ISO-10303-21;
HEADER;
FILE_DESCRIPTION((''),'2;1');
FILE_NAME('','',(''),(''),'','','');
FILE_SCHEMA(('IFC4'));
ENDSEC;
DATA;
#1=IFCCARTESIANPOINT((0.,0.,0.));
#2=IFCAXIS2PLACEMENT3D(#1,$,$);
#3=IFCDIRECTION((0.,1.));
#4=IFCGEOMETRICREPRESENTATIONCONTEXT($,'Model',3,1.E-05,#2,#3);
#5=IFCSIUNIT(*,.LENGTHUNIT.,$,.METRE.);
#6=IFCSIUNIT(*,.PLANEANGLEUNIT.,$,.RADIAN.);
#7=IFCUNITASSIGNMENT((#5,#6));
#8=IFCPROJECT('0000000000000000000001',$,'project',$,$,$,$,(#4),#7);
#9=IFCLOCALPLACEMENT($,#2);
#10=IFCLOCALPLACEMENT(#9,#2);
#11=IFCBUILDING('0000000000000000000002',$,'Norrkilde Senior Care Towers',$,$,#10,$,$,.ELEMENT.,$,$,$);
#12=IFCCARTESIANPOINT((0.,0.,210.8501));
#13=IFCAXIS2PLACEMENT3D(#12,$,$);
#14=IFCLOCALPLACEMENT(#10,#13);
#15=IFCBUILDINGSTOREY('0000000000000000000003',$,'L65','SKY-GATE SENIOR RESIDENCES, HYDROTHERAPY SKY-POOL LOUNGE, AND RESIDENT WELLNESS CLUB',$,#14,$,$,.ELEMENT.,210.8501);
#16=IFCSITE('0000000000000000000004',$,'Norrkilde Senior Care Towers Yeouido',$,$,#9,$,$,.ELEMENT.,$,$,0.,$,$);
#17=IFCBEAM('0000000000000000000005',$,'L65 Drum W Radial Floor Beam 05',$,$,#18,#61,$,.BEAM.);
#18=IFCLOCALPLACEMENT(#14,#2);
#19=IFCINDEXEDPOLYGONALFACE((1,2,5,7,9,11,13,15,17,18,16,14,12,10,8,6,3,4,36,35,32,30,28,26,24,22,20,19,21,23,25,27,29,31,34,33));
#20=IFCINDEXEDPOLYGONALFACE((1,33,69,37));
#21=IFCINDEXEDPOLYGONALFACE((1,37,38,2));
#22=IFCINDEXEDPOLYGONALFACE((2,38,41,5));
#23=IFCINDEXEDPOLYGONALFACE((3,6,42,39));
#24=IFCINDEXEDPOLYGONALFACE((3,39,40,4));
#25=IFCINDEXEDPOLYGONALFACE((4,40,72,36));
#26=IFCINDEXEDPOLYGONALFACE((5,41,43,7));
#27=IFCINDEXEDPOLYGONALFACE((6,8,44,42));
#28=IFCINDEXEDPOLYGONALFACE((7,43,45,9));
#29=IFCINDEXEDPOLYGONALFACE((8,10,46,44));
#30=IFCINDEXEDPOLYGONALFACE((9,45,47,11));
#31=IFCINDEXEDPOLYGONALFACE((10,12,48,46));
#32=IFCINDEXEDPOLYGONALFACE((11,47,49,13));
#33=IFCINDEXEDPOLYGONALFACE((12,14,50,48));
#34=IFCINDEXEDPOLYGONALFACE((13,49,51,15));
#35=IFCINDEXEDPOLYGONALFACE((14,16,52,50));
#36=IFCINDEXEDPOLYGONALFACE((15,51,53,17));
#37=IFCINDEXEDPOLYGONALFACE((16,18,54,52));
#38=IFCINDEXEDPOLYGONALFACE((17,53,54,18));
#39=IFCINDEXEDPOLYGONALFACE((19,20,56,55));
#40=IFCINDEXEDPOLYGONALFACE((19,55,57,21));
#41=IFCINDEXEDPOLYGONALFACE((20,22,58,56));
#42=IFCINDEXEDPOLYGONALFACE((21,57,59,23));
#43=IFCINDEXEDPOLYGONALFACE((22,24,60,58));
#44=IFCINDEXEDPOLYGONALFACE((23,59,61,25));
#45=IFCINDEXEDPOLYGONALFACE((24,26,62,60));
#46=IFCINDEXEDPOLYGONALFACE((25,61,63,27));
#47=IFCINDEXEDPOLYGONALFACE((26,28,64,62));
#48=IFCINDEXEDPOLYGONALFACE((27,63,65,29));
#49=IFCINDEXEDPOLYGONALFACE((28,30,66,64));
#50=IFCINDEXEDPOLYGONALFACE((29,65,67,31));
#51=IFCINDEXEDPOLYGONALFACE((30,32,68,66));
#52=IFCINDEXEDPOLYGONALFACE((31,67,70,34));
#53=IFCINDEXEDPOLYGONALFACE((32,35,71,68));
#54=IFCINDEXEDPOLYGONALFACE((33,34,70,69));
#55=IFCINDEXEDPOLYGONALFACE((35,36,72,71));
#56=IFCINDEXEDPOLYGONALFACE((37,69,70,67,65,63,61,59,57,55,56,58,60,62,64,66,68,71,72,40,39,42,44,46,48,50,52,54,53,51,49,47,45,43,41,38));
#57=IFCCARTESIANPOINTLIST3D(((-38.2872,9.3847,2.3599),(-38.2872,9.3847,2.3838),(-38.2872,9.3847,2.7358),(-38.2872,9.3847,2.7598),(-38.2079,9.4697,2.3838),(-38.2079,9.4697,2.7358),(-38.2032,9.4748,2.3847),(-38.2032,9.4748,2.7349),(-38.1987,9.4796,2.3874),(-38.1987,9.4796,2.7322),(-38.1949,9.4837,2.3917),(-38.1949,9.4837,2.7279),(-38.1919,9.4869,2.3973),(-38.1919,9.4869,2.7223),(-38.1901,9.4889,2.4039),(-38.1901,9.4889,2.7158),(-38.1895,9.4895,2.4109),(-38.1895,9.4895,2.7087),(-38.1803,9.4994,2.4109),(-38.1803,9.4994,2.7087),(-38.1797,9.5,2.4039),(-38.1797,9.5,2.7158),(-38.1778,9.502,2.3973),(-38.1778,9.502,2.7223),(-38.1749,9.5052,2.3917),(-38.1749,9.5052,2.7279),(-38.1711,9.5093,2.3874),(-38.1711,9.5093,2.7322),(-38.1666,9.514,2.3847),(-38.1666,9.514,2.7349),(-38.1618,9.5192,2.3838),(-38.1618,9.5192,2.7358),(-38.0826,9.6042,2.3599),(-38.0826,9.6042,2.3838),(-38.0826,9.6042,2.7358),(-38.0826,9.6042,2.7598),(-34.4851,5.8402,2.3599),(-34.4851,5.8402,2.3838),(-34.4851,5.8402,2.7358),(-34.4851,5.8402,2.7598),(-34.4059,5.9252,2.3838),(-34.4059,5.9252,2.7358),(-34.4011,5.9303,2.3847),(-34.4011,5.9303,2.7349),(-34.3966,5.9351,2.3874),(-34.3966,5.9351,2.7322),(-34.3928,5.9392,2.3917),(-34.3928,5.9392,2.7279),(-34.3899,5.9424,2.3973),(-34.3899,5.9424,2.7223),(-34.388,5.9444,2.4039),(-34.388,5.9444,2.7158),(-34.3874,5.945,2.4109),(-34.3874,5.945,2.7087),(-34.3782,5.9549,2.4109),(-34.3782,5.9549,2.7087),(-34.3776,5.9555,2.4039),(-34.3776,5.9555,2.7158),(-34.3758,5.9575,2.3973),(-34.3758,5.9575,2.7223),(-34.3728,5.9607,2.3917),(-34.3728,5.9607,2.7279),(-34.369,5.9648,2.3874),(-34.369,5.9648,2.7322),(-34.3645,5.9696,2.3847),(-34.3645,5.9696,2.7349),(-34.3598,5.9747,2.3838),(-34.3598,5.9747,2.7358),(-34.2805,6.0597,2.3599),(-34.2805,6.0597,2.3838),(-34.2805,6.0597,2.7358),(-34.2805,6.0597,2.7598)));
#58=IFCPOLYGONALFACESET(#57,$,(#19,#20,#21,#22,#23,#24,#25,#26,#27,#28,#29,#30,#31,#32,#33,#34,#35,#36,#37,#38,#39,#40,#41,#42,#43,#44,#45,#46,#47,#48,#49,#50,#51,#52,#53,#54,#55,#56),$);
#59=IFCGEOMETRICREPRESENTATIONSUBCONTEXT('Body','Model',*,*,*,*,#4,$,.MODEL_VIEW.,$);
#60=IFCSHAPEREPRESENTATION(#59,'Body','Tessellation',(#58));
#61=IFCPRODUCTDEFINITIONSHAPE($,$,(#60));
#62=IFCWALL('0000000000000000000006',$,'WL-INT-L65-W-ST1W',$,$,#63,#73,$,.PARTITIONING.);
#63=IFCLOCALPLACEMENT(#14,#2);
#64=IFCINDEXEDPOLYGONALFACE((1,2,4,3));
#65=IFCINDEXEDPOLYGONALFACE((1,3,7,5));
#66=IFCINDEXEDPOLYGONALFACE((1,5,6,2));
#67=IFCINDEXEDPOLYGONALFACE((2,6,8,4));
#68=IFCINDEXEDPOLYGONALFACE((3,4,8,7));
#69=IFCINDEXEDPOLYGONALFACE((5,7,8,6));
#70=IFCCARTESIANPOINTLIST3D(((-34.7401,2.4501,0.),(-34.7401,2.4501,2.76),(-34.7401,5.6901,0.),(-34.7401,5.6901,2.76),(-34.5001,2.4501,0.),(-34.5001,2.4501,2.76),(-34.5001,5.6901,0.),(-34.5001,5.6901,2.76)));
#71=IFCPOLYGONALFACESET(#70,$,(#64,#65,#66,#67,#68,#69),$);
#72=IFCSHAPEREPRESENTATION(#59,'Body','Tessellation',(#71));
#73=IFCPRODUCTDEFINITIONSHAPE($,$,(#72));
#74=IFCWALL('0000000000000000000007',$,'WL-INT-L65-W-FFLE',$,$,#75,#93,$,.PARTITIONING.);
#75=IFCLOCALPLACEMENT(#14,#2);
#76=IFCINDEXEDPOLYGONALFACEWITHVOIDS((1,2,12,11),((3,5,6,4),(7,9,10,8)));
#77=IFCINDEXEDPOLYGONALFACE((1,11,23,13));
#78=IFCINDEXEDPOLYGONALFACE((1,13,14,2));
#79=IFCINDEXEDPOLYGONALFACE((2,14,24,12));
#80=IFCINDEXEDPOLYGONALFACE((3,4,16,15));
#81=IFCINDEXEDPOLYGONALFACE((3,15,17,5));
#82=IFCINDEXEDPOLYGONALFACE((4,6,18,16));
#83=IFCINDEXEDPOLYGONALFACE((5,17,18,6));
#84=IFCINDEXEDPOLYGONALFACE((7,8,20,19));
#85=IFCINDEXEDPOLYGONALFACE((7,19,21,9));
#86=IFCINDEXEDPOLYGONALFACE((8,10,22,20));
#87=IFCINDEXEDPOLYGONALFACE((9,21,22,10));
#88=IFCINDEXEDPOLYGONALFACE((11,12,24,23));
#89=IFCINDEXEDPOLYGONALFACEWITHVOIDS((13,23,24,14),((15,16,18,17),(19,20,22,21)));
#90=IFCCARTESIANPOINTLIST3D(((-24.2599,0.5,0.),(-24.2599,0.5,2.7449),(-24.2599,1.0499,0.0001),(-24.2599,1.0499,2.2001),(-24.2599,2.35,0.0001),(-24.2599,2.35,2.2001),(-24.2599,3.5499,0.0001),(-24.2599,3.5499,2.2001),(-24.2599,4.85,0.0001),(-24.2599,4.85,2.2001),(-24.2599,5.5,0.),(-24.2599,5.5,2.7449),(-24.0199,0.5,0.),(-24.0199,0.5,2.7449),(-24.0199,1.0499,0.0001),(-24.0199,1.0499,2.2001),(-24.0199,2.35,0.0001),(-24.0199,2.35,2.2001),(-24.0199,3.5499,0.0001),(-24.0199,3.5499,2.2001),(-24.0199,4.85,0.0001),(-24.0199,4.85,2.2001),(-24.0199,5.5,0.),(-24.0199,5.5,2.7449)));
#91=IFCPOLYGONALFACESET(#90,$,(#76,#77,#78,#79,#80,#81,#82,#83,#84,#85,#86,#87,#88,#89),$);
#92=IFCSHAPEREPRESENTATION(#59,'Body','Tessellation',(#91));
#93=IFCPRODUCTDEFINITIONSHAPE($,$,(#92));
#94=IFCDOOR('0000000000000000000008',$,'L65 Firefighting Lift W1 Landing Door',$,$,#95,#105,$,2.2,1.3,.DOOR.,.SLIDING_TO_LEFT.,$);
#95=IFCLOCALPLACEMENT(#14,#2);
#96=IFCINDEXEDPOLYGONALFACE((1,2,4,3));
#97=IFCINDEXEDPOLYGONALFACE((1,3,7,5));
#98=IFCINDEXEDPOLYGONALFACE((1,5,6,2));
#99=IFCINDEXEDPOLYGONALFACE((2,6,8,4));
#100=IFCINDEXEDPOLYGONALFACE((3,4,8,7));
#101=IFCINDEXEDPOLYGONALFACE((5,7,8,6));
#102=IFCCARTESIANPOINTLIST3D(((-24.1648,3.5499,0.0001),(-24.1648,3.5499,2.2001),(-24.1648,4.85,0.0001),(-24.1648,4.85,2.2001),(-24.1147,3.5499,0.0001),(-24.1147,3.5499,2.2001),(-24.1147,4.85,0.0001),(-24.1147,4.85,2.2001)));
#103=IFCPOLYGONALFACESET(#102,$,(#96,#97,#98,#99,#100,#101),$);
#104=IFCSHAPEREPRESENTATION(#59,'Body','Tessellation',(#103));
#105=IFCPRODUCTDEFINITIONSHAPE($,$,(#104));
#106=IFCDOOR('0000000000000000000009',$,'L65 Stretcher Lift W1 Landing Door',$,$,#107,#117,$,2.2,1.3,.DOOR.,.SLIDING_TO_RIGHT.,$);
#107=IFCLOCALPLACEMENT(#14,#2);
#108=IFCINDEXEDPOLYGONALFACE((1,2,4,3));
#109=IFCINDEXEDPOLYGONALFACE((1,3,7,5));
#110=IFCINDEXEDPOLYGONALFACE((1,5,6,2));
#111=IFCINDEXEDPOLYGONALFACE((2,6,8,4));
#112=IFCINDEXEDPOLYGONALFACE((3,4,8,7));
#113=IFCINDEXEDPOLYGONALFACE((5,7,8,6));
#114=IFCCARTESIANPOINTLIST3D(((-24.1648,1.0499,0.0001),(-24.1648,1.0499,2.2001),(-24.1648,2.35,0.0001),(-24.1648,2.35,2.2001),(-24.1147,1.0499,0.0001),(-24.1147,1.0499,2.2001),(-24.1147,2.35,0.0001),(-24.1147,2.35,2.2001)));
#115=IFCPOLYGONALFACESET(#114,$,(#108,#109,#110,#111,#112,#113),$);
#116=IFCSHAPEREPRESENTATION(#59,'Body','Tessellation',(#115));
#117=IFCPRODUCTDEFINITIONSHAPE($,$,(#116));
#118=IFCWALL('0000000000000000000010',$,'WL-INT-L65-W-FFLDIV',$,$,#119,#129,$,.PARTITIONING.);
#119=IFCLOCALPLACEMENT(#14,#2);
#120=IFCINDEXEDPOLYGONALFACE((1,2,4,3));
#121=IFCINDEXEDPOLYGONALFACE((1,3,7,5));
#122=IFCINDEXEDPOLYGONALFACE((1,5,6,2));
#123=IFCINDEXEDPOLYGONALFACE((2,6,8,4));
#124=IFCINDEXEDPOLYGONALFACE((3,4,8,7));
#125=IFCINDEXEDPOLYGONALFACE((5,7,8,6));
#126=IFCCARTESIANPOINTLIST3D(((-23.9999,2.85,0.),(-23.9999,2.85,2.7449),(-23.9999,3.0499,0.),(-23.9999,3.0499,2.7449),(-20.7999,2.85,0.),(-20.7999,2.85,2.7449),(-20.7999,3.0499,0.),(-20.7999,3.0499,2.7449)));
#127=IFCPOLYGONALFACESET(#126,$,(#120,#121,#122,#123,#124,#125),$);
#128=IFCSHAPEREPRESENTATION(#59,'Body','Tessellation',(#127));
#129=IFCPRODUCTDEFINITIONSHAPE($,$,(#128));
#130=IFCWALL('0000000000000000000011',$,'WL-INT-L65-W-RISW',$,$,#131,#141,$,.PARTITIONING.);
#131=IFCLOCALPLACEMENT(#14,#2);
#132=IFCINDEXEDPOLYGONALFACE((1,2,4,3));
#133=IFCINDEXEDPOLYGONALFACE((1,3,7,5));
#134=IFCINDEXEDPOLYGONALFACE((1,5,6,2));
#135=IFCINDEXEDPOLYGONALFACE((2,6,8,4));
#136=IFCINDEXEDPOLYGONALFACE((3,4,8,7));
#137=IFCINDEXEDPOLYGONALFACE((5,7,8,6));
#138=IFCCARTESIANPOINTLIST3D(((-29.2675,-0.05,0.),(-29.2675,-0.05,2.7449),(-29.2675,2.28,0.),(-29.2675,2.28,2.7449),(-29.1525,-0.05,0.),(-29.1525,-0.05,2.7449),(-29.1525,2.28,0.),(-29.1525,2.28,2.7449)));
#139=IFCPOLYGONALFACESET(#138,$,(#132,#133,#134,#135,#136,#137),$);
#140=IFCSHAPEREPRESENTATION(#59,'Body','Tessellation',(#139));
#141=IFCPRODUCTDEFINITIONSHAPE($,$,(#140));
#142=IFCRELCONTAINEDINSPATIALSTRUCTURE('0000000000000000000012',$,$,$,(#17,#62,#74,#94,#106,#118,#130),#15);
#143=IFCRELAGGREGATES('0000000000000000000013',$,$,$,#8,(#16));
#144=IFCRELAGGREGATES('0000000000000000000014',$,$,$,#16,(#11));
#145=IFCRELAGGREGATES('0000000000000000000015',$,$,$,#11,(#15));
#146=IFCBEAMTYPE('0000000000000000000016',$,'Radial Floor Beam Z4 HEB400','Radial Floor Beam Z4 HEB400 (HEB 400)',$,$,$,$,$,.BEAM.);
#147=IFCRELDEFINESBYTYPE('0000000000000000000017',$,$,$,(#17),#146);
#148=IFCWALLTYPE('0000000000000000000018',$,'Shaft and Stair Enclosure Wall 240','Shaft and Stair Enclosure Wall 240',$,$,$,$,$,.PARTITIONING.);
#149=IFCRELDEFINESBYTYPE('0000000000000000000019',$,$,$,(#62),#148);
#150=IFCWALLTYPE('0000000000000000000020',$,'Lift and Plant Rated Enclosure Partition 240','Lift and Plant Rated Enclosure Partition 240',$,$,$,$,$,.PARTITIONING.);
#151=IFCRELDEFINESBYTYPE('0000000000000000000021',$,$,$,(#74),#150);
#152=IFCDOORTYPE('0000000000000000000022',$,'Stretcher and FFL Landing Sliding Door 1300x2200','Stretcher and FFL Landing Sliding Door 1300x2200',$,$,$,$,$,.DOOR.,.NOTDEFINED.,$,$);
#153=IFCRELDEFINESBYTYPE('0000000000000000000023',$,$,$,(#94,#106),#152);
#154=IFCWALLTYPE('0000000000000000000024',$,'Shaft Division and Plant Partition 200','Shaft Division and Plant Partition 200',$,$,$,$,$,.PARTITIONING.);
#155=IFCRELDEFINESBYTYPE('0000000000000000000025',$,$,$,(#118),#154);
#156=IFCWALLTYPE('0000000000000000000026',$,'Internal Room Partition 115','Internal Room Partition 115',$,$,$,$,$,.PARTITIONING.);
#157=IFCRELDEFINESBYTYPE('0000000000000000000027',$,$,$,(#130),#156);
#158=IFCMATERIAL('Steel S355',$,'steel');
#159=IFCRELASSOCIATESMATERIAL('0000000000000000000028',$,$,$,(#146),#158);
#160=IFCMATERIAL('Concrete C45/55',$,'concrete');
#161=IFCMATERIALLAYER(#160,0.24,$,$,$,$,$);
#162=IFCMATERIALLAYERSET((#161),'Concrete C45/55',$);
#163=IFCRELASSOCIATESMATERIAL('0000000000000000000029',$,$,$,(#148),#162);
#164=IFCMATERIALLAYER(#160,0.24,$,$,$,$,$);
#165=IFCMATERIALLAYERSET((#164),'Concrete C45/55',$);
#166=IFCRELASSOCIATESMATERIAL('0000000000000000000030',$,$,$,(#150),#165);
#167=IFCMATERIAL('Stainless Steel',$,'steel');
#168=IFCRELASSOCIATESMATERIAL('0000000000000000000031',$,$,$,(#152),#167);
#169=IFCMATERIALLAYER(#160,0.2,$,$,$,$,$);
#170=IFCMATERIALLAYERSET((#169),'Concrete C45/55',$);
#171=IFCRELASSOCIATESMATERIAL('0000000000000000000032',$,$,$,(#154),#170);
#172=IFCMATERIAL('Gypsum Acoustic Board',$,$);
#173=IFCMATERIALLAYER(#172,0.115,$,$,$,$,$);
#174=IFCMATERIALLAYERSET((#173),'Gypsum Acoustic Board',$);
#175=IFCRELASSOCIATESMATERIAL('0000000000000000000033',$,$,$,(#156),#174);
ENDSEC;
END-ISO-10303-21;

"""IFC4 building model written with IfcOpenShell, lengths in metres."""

from ifc_helpers import new_model, si_unit, direction, frame, frame_2d, origin, origin_2d, place, context, subcontext, project, spatial, rectangle, i_section, extrude, source, transform, mapped, material, layer, layer_set, material_profile, profile_set, type_object, type_shapes, element, fill, save


model = new_model("IFC4")

# Units and contexts
model_context = context("Model", 3, precision=1e-05, world=origin(), true_north=direction((0.0, 1.0)))
body_context = subcontext(model_context, "Body", "Model", "MODEL_VIEW")
ifc_project = project(units=[si_unit("LENGTHUNIT", "METRE"), si_unit("PLANEANGLEUNIT", "RADIAN")], contexts=[model_context])

# Site, building, storey
site_placement = place(None, origin())
site = spatial("IfcSite", under=ifc_project, at=site_placement, Name="Norrkilde Senior Care Towers Yeouido", CompositionType="ELEMENT", RefElevation=0.0)
building_placement = place(site_placement, origin())
building = spatial("IfcBuilding", under=site, at=building_placement, Name="Norrkilde Senior Care Towers", CompositionType="ELEMENT")
storey_placement = place(building_placement, frame((0.0, 0.0, 210.8501)))
storey = spatial("IfcBuildingStorey", under=building, at=storey_placement, Name="L65", Description="SKY-GATE SENIOR RESIDENCES, HYDROTHERAPY SKY-POOL LOUNGE, AND RESIDENT WELLNESS CLUB", CompositionType="ELEMENT", Elevation=210.8501)

# Beam
ifc_material_1 = material(Name="Steel S355", Category="steel")
ifc_material_profile = material_profile(ifc_material_1, i_section(OverallWidth=0.3, OverallDepth=0.3999, WebThickness=0.0134, FlangeThickness=0.0239, FilletRadius=0.0271, at=origin_2d()), Name="HEB 400")
ifc_profile_set = profile_set([ifc_material_profile], Name="Steel S355")
beam_type = type_object("IfcBeamType", Name="Radial Floor Beam Z4 HEB400", Description="Radial Floor Beam Z4 HEB400 (HEB 400)", PredefinedType="BEAM", material=ifc_profile_set)
shared_shape_1 = source(origin(), body_context, "Body", "SweptSolid", [
    extrude(i_section(OverallWidth=0.3, OverallDepth=0.3999, WebThickness=0.0134, FlangeThickness=0.0239, FilletRadius=0.0271, at=origin_2d()), origin(), (0.0, 0.0, 1.0), 5.198),
])
type_shapes(beam_type, [shared_shape_1])
beam_placement = place(storey_placement, frame((-34.3828, 5.95, 2.5598), z_axis=(-0.731449, 0.681896, 0.0), x_axis=(-0.681896, -0.731449, 0.0)))
element("IfcBeam", 1, at=beam_placement, inside=storey, type_object=beam_type, Name="L65 Drum W Radial Floor Beam 05", PredefinedType="BEAM", context=body_context, shape_type="MappedRepresentation", body=[
    mapped(shared_shape_1, transform((0.0, 0.0, 0.0), x_axis=(1.0, 0.0, 0.0), y_axis=(0.0, 1.0, 0.0), z_axis=(0.0, 0.0, 1.0), scale=1.0)),
])

# Wall
ifc_material_2 = material(Name="Concrete C45/55", Category="concrete")
ifc_layer_1 = layer(ifc_material_2, 0.24)
ifc_layer_set_1 = layer_set([ifc_layer_1], Name="Concrete C45/55")
wall_type_1 = type_object("IfcWallType", Name="Shaft and Stair Enclosure Wall 240", Description="Shaft and Stair Enclosure Wall 240", PredefinedType="PARTITIONING", material=ifc_layer_set_1)
shared_shape_2 = source(origin(), body_context, "Body", "SweptSolid", [
    extrude(rectangle(XDim=3.24, YDim=0.24, at=frame_2d((1.6201, 0.0))), origin(), (0.0, 0.0, 1.0), 2.76),
])
type_shapes(wall_type_1, [shared_shape_2])
wall_1_placement = place(storey_placement, frame((-34.6201, 2.45, 0.0), z_axis=(0.0, 0.0, 1.0), x_axis=(0.0, 1.0, 0.0)))
element("IfcWall", 2, at=wall_1_placement, inside=storey, type_object=wall_type_1, Name="WL-INT-L65-W-ST1W", PredefinedType="PARTITIONING", context=body_context, shape_type="MappedRepresentation", body=[
    mapped(shared_shape_2, transform((0.0, 0.0, 0.0), x_axis=(1.0, 0.0, 0.0), y_axis=(0.0, 1.0, 0.0), z_axis=(0.0, 0.0, 1.0), scale=1.0)),
])

# Wall, openings, doors
ifc_layer_2 = layer(ifc_material_2, 0.24)
ifc_layer_set_2 = layer_set([ifc_layer_2], Name="Concrete C45/55")
wall_type_2 = type_object("IfcWallType", Name="Lift and Plant Rated Enclosure Partition 240", Description="Lift and Plant Rated Enclosure Partition 240", PredefinedType="PARTITIONING", material=ifc_layer_set_2)
shared_shape_3 = source(origin(), body_context, "Body", "SweptSolid", [
    extrude(rectangle(XDim=5.0, YDim=0.24, at=frame_2d((2.5, 0.0))), origin(), (0.0, 0.0, 1.0), 2.7449),
])
type_shapes(wall_type_2, [shared_shape_3])
wall_2_placement = place(storey_placement, frame((-24.1399, 0.5, 0.0), z_axis=(0.0, 0.0, 1.0), x_axis=(0.0, 1.0, 0.0)))
wall_2 = element("IfcWall", 3, at=wall_2_placement, inside=storey, type_object=wall_type_2, Name="WL-INT-L65-W-FFLE", PredefinedType="PARTITIONING", context=body_context, shape_type="MappedRepresentation", body=[
    mapped(shared_shape_3, transform((0.0, 0.0, 0.0), x_axis=(1.0, 0.0, 0.0), y_axis=(0.0, 1.0, 0.0), z_axis=(0.0, 0.0, 1.0), scale=1.0)),
])
opening_1_placement = place(wall_2_placement, frame((3.05, 0.0, 0.0)))
opening_1 = element("IfcOpeningElement", 4, at=opening_1_placement, cuts=wall_2, PredefinedType="OPENING", context=body_context, shape_type="SweptSolid", body=[
    extrude(rectangle(XDim=1.3, YDim=2.2, at=frame_2d((0.6499, 1.1001))), frame((0.0, 0.1299, 0.0), z_axis=(0.0, -1.0, 0.0), x_axis=(1.0, 0.0, 0.0)), (0.0, 0.0, 1.0), 0.26),
])
opening_2_placement = place(wall_2_placement, frame((0.55, 0.0, 0.0)))
opening_2 = element("IfcOpeningElement", 5, at=opening_2_placement, cuts=wall_2, PredefinedType="OPENING", context=body_context, shape_type="SweptSolid", body=[
    extrude(rectangle(XDim=1.3, YDim=2.2, at=frame_2d((0.6499, 1.1001))), frame((0.0, 0.1299, 0.0), z_axis=(0.0, -1.0, 0.0), x_axis=(1.0, 0.0, 0.0)), (0.0, 0.0, 1.0), 0.26),
])
ifc_material_3 = material(Name="Stainless Steel", Category="steel")
door_type_1 = type_object("IfcDoorType", Name="Stretcher and FFL Landing Sliding Door 1300x2200", Description="Stretcher and FFL Landing Sliding Door 1300x2200", OperationType="NOTDEFINED", PredefinedType="DOOR", material=ifc_material_3)
shared_shape_4 = source(origin(), body_context, "Body", "SweptSolid", [
    extrude(rectangle(XDim=1.3, YDim=2.2, at=frame_2d((0.6499, 1.1001))), frame((0.0, 0.0249, 0.0), z_axis=(0.0, -1.0, 0.0), x_axis=(1.0, 0.0, 0.0)), (0.0, 0.0, 1.0), 0.05),
])
type_shapes(door_type_1, [shared_shape_4])
door_1_placement = place(opening_1_placement, origin())
door_1 = element("IfcDoor", 6, at=door_1_placement, inside=storey, type_object=door_type_1, Name="L65 Firefighting Lift W1 Landing Door", OperationType="SLIDING_TO_LEFT", OverallHeight=2.2, OverallWidth=1.3, PredefinedType="DOOR", context=body_context, shape_type="MappedRepresentation", body=[
    mapped(shared_shape_4, transform((0.0, 0.0, 0.0), x_axis=(1.0, 0.0, 0.0), y_axis=(0.0, 1.0, 0.0), z_axis=(0.0, 0.0, 1.0), scale=1.0)),
])
fill(opening_1, door_1)
door_2_placement = place(opening_2_placement, origin())
door_2 = element("IfcDoor", 7, at=door_2_placement, inside=storey, type_object=door_type_1, Name="L65 Stretcher Lift W1 Landing Door", OperationType="SLIDING_TO_RIGHT", OverallHeight=2.2, OverallWidth=1.3, PredefinedType="DOOR", context=body_context, shape_type="MappedRepresentation", body=[
    mapped(shared_shape_4, transform((0.0, 0.0, 0.0), x_axis=(1.0, 0.0, 0.0), y_axis=(0.0, 1.0, 0.0), z_axis=(0.0, 0.0, 1.0), scale=1.0)),
])
fill(opening_2, door_2)

# Wall
ifc_layer_3 = layer(ifc_material_2, 0.2)
ifc_layer_set_3 = layer_set([ifc_layer_3], Name="Concrete C45/55")
wall_type_3 = type_object("IfcWallType", Name="Shaft Division and Plant Partition 200", Description="Shaft Division and Plant Partition 200", PredefinedType="PARTITIONING", material=ifc_layer_set_3)
shared_shape_5 = source(origin(), body_context, "Body", "SweptSolid", [
    extrude(rectangle(XDim=3.2, YDim=0.2, at=frame_2d((1.6001, 0.0))), origin(), (0.0, 0.0, 1.0), 2.7449),
])
type_shapes(wall_type_3, [shared_shape_5])
wall_3_placement = place(storey_placement, frame((-24.0, 2.95, 0.0), z_axis=(0.0, 0.0, 1.0), x_axis=(1.0, 0.0, 0.0)))
element("IfcWall", 8, at=wall_3_placement, inside=storey, type_object=wall_type_3, Name="WL-INT-L65-W-FFLDIV", PredefinedType="PARTITIONING", context=body_context, shape_type="MappedRepresentation", body=[
    mapped(shared_shape_5, transform((0.0, 0.0, 0.0), x_axis=(1.0, 0.0, 0.0), y_axis=(0.0, 1.0, 0.0), z_axis=(0.0, 0.0, 1.0), scale=1.0)),
])

# Wall
ifc_material_4 = material(Name="Gypsum Acoustic Board")
ifc_layer_4 = layer(ifc_material_4, 0.115)
ifc_layer_set_4 = layer_set([ifc_layer_4], Name="Gypsum Acoustic Board")
wall_type_4 = type_object("IfcWallType", Name="Internal Room Partition 115", Description="Internal Room Partition 115", PredefinedType="PARTITIONING", material=ifc_layer_set_4)
shared_shape_6 = source(origin(), body_context, "Body", "SweptSolid", [
    extrude(rectangle(XDim=2.3301, YDim=0.115, at=frame_2d((1.165, 0.0))), origin(), (0.0, 0.0, 1.0), 2.7449),
])
type_shapes(wall_type_4, [shared_shape_6])
wall_4_placement = place(storey_placement, frame((-29.21, -0.05, 0.0), z_axis=(0.0, 0.0, 1.0), x_axis=(0.0, 1.0, 0.0)))
element("IfcWall", 9, at=wall_4_placement, inside=storey, type_object=wall_type_4, Name="WL-INT-L65-W-RISW", PredefinedType="PARTITIONING", context=body_context, shape_type="MappedRepresentation", body=[
    mapped(shared_shape_6, transform((0.0, 0.0, 0.0), x_axis=(1.0, 0.0, 0.0), y_axis=(0.0, 1.0, 0.0), z_axis=(0.0, 0.0, 1.0), scale=1.0)),
])

save(model, "model.ifc")
